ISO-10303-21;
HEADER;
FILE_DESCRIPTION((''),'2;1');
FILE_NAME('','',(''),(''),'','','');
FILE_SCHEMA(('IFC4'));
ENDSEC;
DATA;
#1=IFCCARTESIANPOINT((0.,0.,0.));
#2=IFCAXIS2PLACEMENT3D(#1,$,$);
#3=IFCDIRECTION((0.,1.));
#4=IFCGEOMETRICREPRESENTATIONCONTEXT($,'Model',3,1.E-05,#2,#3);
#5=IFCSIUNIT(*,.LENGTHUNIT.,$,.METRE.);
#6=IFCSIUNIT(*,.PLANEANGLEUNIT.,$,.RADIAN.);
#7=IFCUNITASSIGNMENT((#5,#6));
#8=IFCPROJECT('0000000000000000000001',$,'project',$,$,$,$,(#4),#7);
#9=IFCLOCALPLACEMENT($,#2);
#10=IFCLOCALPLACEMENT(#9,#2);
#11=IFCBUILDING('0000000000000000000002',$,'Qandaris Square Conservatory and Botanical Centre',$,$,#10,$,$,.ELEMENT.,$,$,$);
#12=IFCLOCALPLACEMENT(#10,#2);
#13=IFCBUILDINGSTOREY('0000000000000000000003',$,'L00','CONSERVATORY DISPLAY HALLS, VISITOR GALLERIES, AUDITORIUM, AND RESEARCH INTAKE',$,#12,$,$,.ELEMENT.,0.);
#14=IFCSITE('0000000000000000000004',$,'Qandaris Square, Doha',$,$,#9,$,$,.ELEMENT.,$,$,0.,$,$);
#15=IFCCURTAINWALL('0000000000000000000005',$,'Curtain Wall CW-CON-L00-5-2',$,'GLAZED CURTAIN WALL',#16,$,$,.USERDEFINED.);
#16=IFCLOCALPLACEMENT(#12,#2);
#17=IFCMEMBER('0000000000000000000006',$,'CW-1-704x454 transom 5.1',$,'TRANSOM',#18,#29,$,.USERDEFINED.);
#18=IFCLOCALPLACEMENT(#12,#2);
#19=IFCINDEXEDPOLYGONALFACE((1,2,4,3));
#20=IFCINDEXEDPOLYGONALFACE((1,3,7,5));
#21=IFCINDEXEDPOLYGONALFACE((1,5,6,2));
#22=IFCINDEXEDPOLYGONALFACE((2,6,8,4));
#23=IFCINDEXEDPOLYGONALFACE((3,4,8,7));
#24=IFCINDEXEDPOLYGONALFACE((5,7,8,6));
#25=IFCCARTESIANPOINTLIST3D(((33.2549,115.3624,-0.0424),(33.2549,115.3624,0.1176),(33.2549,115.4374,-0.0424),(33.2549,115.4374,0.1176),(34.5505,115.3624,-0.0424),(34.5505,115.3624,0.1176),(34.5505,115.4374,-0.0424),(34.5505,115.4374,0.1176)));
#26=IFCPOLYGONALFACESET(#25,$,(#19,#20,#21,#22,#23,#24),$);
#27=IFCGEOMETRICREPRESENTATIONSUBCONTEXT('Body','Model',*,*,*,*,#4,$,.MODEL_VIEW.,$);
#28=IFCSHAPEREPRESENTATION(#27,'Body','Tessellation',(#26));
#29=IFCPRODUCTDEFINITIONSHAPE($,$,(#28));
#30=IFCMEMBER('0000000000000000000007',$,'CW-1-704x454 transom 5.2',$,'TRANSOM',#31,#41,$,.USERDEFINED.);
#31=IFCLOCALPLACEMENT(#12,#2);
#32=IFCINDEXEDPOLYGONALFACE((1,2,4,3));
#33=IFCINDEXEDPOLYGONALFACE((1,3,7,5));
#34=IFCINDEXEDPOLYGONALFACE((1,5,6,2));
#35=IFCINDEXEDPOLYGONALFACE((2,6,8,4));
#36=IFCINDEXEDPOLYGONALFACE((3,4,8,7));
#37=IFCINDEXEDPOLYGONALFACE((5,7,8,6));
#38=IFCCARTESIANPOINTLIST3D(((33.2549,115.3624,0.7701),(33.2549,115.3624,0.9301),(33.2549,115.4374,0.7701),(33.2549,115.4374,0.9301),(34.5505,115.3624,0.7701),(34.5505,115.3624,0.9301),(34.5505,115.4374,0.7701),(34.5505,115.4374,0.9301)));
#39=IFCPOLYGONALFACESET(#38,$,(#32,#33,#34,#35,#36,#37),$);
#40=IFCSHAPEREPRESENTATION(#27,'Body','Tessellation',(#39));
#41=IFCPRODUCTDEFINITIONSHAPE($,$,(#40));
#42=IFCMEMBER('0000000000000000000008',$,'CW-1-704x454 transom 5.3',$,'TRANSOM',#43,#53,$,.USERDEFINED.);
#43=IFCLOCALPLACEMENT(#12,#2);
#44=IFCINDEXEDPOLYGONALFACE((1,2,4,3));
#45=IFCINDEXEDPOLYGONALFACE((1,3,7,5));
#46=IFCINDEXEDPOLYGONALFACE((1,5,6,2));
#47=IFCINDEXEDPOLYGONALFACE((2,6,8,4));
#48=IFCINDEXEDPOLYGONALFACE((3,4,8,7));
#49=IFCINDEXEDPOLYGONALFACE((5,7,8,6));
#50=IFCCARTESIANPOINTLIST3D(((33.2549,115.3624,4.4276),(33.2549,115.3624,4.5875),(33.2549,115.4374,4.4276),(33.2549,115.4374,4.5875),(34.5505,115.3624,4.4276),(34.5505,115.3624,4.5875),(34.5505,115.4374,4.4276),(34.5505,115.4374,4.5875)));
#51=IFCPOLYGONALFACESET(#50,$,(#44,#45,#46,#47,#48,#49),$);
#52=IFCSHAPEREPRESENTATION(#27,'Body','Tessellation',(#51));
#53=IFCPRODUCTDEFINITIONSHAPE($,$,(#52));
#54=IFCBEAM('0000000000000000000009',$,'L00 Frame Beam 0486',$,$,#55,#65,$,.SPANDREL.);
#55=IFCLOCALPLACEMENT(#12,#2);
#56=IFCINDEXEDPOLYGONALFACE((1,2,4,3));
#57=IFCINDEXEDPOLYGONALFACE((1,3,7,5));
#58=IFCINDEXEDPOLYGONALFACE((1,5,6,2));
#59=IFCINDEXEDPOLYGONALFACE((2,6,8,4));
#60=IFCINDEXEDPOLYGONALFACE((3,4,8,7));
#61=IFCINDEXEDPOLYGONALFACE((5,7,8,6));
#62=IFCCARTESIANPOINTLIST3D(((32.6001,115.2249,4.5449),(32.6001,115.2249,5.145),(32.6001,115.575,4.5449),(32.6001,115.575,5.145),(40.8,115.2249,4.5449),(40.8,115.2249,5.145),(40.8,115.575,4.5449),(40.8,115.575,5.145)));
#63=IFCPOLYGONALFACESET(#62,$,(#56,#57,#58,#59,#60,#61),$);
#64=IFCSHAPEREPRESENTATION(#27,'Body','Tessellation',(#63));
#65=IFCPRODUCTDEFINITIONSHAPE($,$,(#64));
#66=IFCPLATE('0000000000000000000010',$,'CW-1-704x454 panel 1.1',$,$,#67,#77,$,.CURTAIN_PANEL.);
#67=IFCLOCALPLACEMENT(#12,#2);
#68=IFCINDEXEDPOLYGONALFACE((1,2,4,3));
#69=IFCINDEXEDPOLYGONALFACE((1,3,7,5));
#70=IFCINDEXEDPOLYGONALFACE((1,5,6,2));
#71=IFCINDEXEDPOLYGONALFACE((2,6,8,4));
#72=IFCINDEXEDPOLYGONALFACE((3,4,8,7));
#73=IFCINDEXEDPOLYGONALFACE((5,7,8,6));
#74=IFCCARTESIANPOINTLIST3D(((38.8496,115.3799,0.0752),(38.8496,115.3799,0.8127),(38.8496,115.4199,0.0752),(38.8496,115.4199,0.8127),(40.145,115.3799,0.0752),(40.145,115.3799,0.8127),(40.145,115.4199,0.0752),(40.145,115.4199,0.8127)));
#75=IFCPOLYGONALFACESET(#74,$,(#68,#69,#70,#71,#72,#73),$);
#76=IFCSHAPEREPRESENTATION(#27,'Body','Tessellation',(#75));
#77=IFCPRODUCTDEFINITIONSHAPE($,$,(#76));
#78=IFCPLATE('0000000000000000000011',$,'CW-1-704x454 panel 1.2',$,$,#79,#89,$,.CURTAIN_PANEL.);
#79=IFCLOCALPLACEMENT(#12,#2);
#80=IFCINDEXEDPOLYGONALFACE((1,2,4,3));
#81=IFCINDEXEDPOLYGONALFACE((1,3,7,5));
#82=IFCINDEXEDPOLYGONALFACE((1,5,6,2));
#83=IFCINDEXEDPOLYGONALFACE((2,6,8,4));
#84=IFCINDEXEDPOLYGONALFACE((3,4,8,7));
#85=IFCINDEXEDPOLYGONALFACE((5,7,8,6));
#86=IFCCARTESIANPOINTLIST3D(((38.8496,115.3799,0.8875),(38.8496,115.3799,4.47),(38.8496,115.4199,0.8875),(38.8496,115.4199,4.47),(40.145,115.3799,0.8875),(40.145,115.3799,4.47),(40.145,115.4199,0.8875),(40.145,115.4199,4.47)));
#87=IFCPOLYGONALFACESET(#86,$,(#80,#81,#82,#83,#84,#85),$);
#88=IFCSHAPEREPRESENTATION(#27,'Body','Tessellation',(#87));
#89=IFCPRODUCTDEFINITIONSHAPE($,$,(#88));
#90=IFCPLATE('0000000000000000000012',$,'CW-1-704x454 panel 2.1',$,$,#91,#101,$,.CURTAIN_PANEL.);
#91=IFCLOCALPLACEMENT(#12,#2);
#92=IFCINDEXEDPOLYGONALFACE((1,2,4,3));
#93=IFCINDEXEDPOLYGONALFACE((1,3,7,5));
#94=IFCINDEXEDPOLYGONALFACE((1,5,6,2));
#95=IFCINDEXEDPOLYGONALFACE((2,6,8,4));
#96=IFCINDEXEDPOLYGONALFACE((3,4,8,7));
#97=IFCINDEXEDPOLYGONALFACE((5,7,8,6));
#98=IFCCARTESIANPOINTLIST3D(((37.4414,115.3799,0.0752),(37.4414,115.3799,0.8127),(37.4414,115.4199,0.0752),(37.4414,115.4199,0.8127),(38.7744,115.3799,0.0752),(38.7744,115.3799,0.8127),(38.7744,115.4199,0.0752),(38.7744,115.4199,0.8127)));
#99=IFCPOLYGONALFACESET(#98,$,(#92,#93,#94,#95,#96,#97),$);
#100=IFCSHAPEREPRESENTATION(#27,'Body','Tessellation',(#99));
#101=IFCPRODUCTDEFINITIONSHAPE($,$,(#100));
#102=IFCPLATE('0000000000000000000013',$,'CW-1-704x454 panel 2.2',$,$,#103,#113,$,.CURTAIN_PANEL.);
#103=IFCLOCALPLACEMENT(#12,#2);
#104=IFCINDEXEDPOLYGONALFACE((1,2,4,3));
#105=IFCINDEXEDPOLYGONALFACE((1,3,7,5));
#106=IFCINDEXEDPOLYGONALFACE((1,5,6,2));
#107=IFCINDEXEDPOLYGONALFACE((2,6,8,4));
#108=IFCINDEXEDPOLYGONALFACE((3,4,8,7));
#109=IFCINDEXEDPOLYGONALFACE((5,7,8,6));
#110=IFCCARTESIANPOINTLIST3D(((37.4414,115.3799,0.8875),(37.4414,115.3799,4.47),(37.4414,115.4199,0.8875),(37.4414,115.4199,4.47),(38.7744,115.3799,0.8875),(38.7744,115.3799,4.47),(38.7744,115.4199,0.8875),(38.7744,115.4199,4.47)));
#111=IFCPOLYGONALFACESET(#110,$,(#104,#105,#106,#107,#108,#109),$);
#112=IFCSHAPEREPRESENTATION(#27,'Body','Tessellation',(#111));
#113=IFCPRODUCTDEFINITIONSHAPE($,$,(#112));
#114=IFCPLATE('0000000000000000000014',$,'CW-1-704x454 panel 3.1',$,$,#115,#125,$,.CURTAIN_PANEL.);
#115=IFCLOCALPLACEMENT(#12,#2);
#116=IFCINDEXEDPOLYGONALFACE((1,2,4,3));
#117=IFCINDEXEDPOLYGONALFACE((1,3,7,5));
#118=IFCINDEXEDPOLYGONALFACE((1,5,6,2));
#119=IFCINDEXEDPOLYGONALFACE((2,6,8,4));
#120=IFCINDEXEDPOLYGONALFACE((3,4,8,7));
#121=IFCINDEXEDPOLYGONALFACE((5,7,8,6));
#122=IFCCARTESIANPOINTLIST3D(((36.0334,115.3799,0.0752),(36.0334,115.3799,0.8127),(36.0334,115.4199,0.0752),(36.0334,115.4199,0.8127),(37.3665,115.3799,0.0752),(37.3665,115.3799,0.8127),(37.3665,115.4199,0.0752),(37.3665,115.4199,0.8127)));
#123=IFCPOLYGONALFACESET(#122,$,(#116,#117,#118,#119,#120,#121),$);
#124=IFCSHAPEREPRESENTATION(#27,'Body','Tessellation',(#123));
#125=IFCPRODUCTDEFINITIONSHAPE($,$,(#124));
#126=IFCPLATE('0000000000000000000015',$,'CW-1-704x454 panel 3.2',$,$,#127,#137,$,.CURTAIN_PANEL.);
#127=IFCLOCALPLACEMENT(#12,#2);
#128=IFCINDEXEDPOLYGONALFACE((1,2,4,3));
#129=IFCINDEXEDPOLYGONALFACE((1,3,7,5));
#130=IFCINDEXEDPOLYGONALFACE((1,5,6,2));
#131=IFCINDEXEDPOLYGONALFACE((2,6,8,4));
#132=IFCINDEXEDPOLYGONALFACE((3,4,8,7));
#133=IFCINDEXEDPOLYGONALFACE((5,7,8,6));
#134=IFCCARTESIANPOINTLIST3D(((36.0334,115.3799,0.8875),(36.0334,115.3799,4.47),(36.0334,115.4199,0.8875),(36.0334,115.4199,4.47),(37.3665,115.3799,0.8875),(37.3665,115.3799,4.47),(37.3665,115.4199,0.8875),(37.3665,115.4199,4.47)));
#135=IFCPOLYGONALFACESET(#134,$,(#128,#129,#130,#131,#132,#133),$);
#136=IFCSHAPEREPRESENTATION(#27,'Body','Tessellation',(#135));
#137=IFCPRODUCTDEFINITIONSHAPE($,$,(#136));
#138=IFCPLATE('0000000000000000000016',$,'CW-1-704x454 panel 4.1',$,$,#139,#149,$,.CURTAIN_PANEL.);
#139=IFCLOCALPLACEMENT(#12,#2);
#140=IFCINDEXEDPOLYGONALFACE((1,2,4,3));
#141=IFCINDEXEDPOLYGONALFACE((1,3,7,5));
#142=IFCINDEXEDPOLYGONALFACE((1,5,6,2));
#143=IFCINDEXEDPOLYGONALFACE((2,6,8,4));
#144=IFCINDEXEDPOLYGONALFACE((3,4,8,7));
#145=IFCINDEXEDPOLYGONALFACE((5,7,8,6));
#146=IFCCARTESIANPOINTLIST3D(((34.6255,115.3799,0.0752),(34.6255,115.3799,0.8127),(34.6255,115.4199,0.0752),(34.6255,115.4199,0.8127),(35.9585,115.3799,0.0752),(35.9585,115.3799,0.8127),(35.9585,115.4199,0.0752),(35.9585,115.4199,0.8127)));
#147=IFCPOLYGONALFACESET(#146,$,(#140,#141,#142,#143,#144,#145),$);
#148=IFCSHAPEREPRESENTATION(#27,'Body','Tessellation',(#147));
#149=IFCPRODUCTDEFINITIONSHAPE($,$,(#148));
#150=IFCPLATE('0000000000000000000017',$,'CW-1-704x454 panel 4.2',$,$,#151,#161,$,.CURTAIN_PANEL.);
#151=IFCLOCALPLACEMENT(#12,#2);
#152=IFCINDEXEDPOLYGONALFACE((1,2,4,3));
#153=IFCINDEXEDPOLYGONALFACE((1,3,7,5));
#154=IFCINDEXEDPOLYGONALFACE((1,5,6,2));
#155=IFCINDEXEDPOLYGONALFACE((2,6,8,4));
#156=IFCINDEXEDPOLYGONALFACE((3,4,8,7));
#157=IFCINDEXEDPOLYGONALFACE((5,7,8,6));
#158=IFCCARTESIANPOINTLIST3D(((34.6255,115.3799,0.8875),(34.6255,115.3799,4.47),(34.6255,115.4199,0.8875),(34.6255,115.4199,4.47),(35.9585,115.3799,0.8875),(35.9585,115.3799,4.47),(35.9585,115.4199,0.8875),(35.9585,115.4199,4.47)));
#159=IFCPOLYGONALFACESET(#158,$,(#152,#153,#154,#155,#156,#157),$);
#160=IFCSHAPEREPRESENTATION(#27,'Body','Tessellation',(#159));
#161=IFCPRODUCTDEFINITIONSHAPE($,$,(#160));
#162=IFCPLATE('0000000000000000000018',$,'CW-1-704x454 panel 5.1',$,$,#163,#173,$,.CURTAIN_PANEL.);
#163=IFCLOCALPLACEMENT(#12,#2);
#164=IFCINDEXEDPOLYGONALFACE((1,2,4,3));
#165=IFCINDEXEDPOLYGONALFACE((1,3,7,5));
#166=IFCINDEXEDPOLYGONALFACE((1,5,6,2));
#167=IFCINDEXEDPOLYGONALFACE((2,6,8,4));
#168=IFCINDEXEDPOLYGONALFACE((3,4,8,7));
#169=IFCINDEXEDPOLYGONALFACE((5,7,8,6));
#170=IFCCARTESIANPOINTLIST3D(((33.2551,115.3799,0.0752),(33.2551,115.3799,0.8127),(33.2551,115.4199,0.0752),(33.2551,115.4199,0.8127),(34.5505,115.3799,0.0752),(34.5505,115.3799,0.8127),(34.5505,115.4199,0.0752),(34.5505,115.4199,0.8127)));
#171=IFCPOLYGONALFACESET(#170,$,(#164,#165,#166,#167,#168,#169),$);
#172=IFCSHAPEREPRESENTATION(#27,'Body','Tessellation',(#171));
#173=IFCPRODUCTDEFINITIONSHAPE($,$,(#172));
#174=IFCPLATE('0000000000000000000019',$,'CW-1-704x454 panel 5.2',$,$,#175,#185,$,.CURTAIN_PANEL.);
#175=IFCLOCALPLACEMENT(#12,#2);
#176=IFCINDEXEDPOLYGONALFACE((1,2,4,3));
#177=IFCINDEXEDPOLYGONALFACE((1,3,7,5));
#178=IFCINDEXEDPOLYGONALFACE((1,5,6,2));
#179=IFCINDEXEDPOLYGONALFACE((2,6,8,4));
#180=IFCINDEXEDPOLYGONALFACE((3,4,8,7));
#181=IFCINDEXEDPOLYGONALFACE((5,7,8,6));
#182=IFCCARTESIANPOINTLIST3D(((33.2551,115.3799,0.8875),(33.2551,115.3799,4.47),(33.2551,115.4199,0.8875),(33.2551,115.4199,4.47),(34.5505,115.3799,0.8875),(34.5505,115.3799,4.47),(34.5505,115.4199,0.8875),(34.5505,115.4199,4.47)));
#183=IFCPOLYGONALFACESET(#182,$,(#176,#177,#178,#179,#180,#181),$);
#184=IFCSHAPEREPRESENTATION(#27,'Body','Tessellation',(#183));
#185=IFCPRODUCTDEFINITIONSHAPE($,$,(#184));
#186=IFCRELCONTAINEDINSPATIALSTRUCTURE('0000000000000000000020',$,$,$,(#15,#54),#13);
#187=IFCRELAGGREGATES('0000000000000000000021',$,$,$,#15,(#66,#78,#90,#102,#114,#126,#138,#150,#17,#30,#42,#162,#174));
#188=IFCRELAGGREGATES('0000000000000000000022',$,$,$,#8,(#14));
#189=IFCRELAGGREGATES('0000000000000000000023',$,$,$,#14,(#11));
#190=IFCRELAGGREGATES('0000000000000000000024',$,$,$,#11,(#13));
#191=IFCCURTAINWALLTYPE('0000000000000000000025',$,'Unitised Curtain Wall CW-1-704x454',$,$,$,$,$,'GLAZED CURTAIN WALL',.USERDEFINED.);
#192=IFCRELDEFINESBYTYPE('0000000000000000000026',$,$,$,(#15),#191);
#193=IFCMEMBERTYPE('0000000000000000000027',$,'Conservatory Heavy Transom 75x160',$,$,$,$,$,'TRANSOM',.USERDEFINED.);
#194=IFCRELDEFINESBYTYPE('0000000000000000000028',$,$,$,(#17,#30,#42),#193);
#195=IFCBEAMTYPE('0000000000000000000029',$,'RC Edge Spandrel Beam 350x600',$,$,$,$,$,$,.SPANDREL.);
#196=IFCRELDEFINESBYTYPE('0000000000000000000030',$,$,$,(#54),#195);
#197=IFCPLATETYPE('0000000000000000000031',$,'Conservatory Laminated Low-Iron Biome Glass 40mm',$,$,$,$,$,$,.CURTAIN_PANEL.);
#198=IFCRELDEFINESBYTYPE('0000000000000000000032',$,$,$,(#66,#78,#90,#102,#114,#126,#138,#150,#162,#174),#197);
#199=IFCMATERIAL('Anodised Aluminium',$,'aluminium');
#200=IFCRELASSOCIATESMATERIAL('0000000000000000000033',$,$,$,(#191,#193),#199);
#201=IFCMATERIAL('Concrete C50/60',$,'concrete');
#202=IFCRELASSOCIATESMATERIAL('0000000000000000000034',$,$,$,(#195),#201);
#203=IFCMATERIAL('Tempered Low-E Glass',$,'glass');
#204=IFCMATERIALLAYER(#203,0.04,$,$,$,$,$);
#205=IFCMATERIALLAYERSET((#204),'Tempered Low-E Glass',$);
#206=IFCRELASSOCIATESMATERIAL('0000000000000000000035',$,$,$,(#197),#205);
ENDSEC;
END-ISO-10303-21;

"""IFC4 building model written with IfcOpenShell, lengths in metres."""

from ifc_helpers import new_model, si_unit, direction, frame, origin, origin_2d, place, context, subcontext, project, spatial, rectangle, extrude, material, layer, layer_set, material_profile, profile_set, type_object, element, aggregate, save


model = new_model("IFC4")

# Units and contexts
model_context = context("Model", 3, precision=1e-05, world=origin(), true_north=direction((0.0, 1.0)))
body_context = subcontext(model_context, "Body", "Model", "MODEL_VIEW")
ifc_project = project(units=[si_unit("LENGTHUNIT", "METRE"), si_unit("PLANEANGLEUNIT", "RADIAN")], contexts=[model_context])

# Site, building, storey
site_placement = place(None, origin())
site = spatial("IfcSite", under=ifc_project, at=site_placement, Name="Qandaris Square, Doha", CompositionType="ELEMENT", RefElevation=0.0)
building_placement = place(site_placement, origin())
building = spatial("IfcBuilding", under=site, at=building_placement, Name="Qandaris Square Conservatory and Botanical Centre", CompositionType="ELEMENT")
storey_placement = place(building_placement, origin())
storey = spatial("IfcBuildingStorey", under=building, at=storey_placement, Name="L00", Description="CONSERVATORY DISPLAY HALLS, VISITOR GALLERIES, AUDITORIUM, AND RESEARCH INTAKE", CompositionType="ELEMENT", Elevation=0.0)

# Shared definitions
ifc_material_1 = material(Name="Concrete C50/60", Category="concrete")

# Curtain wall, members
ifc_material_2 = material(Name="Anodised Aluminium", Category="aluminium")
curtain_wall_type = type_object("IfcCurtainWallType", Name="Unitised Curtain Wall CW-1-704x454", ElementType="GLAZED CURTAIN WALL", PredefinedType="USERDEFINED", material=ifc_material_2)
curtain_wall_placement = place(storey_placement, origin())
curtain_wall = element("IfcCurtainWall", 1, at=curtain_wall_placement, inside=storey, type_object=curtain_wall_type, Name="Curtain Wall CW-CON-L00-5-2", ObjectType="GLAZED CURTAIN WALL", PredefinedType="USERDEFINED")
ifc_material_profile_1 = material_profile(ifc_material_2, rectangle(XDim=0.075, YDim=0.1599, at=origin_2d()), Name="ALU-TRN 75x160")
ifc_profile_set_1 = profile_set([ifc_material_profile_1], Name="Anodised Aluminium")
member_type_1 = type_object("IfcMemberType", Name="Conservatory Heavy Transom 75x160", ElementType="TRANSOM", PredefinedType="USERDEFINED", material=ifc_profile_set_1)
member_1_placement = place(storey_placement, frame((34.5505, 115.3999, 0.0376), z_axis=(-1.0, 0.0, 0.0), x_axis=(0.0, -1.0, 0.0)))
member_1 = element("IfcMember", 2, at=member_1_placement, type_object=member_type_1, Name="CW-1-704x454 transom 5.1", ObjectType="TRANSOM", PredefinedType="USERDEFINED", context=body_context, shape_type="SweptSolid", body=[
    extrude(rectangle(XDim=0.075, YDim=0.1599, at=origin_2d()), origin(), (0.0, 0.0, 1.0), 1.2957),
])
member_2_placement = place(storey_placement, frame((34.5505, 115.3999, 0.8501), z_axis=(-1.0, 0.0, 0.0), x_axis=(0.0, -1.0, 0.0)))
member_2 = element("IfcMember", 3, at=member_2_placement, type_object=member_type_1, Name="CW-1-704x454 transom 5.2", ObjectType="TRANSOM", PredefinedType="USERDEFINED", context=body_context, shape_type="SweptSolid", body=[
    extrude(rectangle(XDim=0.075, YDim=0.1599, at=origin_2d()), origin(), (0.0, 0.0, 1.0), 1.2957),
])
member_3_placement = place(storey_placement, frame((34.5505, 115.3999, 4.5076), z_axis=(-1.0, 0.0, 0.0), x_axis=(0.0, -1.0, 0.0)))
member_3 = element("IfcMember", 4, at=member_3_placement, type_object=member_type_1, Name="CW-1-704x454 transom 5.3", ObjectType="TRANSOM", PredefinedType="USERDEFINED", context=body_context, shape_type="SweptSolid", body=[
    extrude(rectangle(XDim=0.075, YDim=0.1599, at=origin_2d()), origin(), (0.0, 0.0, 1.0), 1.2957),
])

# Beam
ifc_material_profile_2 = material_profile(ifc_material_1, rectangle(XDim=0.3501, YDim=0.6001, at=origin_2d()), Name="RC-SP 350x600")
ifc_profile_set_2 = profile_set([ifc_material_profile_2], Name="Concrete C50/60")
beam_type = type_object("IfcBeamType", Name="RC Edge Spandrel Beam 350x600", PredefinedType="SPANDREL", material=ifc_profile_set_2)
beam_placement = place(storey_placement, frame((32.6001, 115.3999, 4.845), z_axis=(1.0, 0.0, 0.0), x_axis=(0.0, 1.0, 0.0)))
element("IfcBeam", 5, at=beam_placement, inside=storey, type_object=beam_type, Name="L00 Frame Beam 0486", PredefinedType="SPANDREL", context=body_context, shape_type="SweptSolid", body=[
    extrude(rectangle(XDim=0.3501, YDim=0.6001, at=origin_2d()), origin(), (0.0, 0.0, 1.0), 8.2),
])

# Plates
ifc_material_3 = material(Name="Tempered Low-E Glass", Category="glass")
ifc_layer = layer(ifc_material_3, 0.04)
ifc_layer_set = layer_set([ifc_layer], Name="Tempered Low-E Glass")
plate_type = type_object("IfcPlateType", Name="Conservatory Laminated Low-Iron Biome Glass 40mm", PredefinedType="CURTAIN_PANEL", material=ifc_layer_set)
plate_1_placement = place(storey_placement, frame((39.4973, 115.3999, 0.0752), z_axis=(0.0, 0.0, 1.0), x_axis=(-1.0, 0.0, 0.0)))
plate_1 = element("IfcPlate", 6, at=plate_1_placement, type_object=plate_type, Name="CW-1-704x454 panel 1.1", PredefinedType="CURTAIN_PANEL", context=body_context, shape_type="SweptSolid", body=[
    extrude(rectangle(XDim=1.2954, YDim=0.04, at=origin_2d()), origin(), (0.0, 0.0, 1.0), 0.7375),
])
plate_2_placement = place(storey_placement, frame((39.4973, 115.3999, 0.8875), z_axis=(0.0, 0.0, 1.0), x_axis=(-1.0, 0.0, 0.0)))
plate_2 = element("IfcPlate", 7, at=plate_2_placement, type_object=plate_type, Name="CW-1-704x454 panel 1.2", PredefinedType="CURTAIN_PANEL", context=body_context, shape_type="SweptSolid", body=[
    extrude(rectangle(XDim=1.2954, YDim=0.04, at=origin_2d()), origin(), (0.0, 0.0, 1.0), 3.5825),
])
plate_3_placement = place(storey_placement, frame((38.1079, 115.3999, 0.0752), z_axis=(0.0, 0.0, 1.0), x_axis=(-1.0, 0.0, 0.0)))
plate_3 = element("IfcPlate", 8, at=plate_3_placement, type_object=plate_type, Name="CW-1-704x454 panel 2.1", PredefinedType="CURTAIN_PANEL", context=body_context, shape_type="SweptSolid", body=[
    extrude(rectangle(XDim=1.333, YDim=0.04, at=origin_2d()), origin(), (0.0, 0.0, 1.0), 0.7375),
])
plate_4_placement = place(storey_placement, frame((38.1079, 115.3999, 0.8875), z_axis=(0.0, 0.0, 1.0), x_axis=(-1.0, 0.0, 0.0)))
plate_4 = element("IfcPlate", 9, at=plate_4_placement, type_object=plate_type, Name="CW-1-704x454 panel 2.2", PredefinedType="CURTAIN_PANEL", context=body_context, shape_type="SweptSolid", body=[
    extrude(rectangle(XDim=1.333, YDim=0.04, at=origin_2d()), origin(), (0.0, 0.0, 1.0), 3.5825),
])
plate_5_placement = place(storey_placement, frame((36.7, 115.3999, 0.0752), z_axis=(0.0, 0.0, 1.0), x_axis=(-1.0, 0.0, 0.0)))
plate_5 = element("IfcPlate", 10, at=plate_5_placement, type_object=plate_type, Name="CW-1-704x454 panel 3.1", PredefinedType="CURTAIN_PANEL", context=body_context, shape_type="SweptSolid", body=[
    extrude(rectangle(XDim=1.333, YDim=0.04, at=origin_2d()), origin(), (0.0, 0.0, 1.0), 0.7375),
])
plate_6_placement = place(storey_placement, frame((36.7, 115.3999, 0.8875), z_axis=(0.0, 0.0, 1.0), x_axis=(-1.0, 0.0, 0.0)))
plate_6 = element("IfcPlate", 11, at=plate_6_placement, type_object=plate_type, Name="CW-1-704x454 panel 3.2", PredefinedType="CURTAIN_PANEL", context=body_context, shape_type="SweptSolid", body=[
    extrude(rectangle(XDim=1.333, YDim=0.04, at=origin_2d()), origin(), (0.0, 0.0, 1.0), 3.5825),
])
plate_7_placement = place(storey_placement, frame((35.292, 115.3999, 0.0752), z_axis=(0.0, 0.0, 1.0), x_axis=(-1.0, 0.0, 0.0)))
plate_7 = element("IfcPlate", 12, at=plate_7_placement, type_object=plate_type, Name="CW-1-704x454 panel 4.1", PredefinedType="CURTAIN_PANEL", context=body_context, shape_type="SweptSolid", body=[
    extrude(rectangle(XDim=1.333, YDim=0.04, at=origin_2d()), origin(), (0.0, 0.0, 1.0), 0.7375),
])
plate_8_placement = place(storey_placement, frame((35.292, 115.3999, 0.8875), z_axis=(0.0, 0.0, 1.0), x_axis=(-1.0, 0.0, 0.0)))
plate_8 = element("IfcPlate", 13, at=plate_8_placement, type_object=plate_type, Name="CW-1-704x454 panel 4.2", PredefinedType="CURTAIN_PANEL", context=body_context, shape_type="SweptSolid", body=[
    extrude(rectangle(XDim=1.333, YDim=0.04, at=origin_2d()), origin(), (0.0, 0.0, 1.0), 3.5825),
])
plate_9_placement = place(storey_placement, frame((33.9028, 115.3999, 0.0752), z_axis=(0.0, 0.0, 1.0), x_axis=(-1.0, 0.0, 0.0)))
plate_9 = element("IfcPlate", 14, at=plate_9_placement, type_object=plate_type, Name="CW-1-704x454 panel 5.1", PredefinedType="CURTAIN_PANEL", context=body_context, shape_type="SweptSolid", body=[
    extrude(rectangle(XDim=1.2954, YDim=0.04, at=origin_2d()), origin(), (0.0, 0.0, 1.0), 0.7375),
])
plate_10_placement = place(storey_placement, frame((33.9028, 115.3999, 0.8875), z_axis=(0.0, 0.0, 1.0), x_axis=(-1.0, 0.0, 0.0)))
plate_10 = element("IfcPlate", 15, at=plate_10_placement, type_object=plate_type, Name="CW-1-704x454 panel 5.2", PredefinedType="CURTAIN_PANEL", context=body_context, shape_type="SweptSolid", body=[
    extrude(rectangle(XDim=1.2954, YDim=0.04, at=origin_2d()), origin(), (0.0, 0.0, 1.0), 3.5825),
])
aggregate(curtain_wall, [plate_1, plate_2, plate_3, plate_4, plate_5, plate_6, plate_7, plate_8, member_1, member_2, member_3, plate_9, plate_10])

save(model, "model.ifc")
